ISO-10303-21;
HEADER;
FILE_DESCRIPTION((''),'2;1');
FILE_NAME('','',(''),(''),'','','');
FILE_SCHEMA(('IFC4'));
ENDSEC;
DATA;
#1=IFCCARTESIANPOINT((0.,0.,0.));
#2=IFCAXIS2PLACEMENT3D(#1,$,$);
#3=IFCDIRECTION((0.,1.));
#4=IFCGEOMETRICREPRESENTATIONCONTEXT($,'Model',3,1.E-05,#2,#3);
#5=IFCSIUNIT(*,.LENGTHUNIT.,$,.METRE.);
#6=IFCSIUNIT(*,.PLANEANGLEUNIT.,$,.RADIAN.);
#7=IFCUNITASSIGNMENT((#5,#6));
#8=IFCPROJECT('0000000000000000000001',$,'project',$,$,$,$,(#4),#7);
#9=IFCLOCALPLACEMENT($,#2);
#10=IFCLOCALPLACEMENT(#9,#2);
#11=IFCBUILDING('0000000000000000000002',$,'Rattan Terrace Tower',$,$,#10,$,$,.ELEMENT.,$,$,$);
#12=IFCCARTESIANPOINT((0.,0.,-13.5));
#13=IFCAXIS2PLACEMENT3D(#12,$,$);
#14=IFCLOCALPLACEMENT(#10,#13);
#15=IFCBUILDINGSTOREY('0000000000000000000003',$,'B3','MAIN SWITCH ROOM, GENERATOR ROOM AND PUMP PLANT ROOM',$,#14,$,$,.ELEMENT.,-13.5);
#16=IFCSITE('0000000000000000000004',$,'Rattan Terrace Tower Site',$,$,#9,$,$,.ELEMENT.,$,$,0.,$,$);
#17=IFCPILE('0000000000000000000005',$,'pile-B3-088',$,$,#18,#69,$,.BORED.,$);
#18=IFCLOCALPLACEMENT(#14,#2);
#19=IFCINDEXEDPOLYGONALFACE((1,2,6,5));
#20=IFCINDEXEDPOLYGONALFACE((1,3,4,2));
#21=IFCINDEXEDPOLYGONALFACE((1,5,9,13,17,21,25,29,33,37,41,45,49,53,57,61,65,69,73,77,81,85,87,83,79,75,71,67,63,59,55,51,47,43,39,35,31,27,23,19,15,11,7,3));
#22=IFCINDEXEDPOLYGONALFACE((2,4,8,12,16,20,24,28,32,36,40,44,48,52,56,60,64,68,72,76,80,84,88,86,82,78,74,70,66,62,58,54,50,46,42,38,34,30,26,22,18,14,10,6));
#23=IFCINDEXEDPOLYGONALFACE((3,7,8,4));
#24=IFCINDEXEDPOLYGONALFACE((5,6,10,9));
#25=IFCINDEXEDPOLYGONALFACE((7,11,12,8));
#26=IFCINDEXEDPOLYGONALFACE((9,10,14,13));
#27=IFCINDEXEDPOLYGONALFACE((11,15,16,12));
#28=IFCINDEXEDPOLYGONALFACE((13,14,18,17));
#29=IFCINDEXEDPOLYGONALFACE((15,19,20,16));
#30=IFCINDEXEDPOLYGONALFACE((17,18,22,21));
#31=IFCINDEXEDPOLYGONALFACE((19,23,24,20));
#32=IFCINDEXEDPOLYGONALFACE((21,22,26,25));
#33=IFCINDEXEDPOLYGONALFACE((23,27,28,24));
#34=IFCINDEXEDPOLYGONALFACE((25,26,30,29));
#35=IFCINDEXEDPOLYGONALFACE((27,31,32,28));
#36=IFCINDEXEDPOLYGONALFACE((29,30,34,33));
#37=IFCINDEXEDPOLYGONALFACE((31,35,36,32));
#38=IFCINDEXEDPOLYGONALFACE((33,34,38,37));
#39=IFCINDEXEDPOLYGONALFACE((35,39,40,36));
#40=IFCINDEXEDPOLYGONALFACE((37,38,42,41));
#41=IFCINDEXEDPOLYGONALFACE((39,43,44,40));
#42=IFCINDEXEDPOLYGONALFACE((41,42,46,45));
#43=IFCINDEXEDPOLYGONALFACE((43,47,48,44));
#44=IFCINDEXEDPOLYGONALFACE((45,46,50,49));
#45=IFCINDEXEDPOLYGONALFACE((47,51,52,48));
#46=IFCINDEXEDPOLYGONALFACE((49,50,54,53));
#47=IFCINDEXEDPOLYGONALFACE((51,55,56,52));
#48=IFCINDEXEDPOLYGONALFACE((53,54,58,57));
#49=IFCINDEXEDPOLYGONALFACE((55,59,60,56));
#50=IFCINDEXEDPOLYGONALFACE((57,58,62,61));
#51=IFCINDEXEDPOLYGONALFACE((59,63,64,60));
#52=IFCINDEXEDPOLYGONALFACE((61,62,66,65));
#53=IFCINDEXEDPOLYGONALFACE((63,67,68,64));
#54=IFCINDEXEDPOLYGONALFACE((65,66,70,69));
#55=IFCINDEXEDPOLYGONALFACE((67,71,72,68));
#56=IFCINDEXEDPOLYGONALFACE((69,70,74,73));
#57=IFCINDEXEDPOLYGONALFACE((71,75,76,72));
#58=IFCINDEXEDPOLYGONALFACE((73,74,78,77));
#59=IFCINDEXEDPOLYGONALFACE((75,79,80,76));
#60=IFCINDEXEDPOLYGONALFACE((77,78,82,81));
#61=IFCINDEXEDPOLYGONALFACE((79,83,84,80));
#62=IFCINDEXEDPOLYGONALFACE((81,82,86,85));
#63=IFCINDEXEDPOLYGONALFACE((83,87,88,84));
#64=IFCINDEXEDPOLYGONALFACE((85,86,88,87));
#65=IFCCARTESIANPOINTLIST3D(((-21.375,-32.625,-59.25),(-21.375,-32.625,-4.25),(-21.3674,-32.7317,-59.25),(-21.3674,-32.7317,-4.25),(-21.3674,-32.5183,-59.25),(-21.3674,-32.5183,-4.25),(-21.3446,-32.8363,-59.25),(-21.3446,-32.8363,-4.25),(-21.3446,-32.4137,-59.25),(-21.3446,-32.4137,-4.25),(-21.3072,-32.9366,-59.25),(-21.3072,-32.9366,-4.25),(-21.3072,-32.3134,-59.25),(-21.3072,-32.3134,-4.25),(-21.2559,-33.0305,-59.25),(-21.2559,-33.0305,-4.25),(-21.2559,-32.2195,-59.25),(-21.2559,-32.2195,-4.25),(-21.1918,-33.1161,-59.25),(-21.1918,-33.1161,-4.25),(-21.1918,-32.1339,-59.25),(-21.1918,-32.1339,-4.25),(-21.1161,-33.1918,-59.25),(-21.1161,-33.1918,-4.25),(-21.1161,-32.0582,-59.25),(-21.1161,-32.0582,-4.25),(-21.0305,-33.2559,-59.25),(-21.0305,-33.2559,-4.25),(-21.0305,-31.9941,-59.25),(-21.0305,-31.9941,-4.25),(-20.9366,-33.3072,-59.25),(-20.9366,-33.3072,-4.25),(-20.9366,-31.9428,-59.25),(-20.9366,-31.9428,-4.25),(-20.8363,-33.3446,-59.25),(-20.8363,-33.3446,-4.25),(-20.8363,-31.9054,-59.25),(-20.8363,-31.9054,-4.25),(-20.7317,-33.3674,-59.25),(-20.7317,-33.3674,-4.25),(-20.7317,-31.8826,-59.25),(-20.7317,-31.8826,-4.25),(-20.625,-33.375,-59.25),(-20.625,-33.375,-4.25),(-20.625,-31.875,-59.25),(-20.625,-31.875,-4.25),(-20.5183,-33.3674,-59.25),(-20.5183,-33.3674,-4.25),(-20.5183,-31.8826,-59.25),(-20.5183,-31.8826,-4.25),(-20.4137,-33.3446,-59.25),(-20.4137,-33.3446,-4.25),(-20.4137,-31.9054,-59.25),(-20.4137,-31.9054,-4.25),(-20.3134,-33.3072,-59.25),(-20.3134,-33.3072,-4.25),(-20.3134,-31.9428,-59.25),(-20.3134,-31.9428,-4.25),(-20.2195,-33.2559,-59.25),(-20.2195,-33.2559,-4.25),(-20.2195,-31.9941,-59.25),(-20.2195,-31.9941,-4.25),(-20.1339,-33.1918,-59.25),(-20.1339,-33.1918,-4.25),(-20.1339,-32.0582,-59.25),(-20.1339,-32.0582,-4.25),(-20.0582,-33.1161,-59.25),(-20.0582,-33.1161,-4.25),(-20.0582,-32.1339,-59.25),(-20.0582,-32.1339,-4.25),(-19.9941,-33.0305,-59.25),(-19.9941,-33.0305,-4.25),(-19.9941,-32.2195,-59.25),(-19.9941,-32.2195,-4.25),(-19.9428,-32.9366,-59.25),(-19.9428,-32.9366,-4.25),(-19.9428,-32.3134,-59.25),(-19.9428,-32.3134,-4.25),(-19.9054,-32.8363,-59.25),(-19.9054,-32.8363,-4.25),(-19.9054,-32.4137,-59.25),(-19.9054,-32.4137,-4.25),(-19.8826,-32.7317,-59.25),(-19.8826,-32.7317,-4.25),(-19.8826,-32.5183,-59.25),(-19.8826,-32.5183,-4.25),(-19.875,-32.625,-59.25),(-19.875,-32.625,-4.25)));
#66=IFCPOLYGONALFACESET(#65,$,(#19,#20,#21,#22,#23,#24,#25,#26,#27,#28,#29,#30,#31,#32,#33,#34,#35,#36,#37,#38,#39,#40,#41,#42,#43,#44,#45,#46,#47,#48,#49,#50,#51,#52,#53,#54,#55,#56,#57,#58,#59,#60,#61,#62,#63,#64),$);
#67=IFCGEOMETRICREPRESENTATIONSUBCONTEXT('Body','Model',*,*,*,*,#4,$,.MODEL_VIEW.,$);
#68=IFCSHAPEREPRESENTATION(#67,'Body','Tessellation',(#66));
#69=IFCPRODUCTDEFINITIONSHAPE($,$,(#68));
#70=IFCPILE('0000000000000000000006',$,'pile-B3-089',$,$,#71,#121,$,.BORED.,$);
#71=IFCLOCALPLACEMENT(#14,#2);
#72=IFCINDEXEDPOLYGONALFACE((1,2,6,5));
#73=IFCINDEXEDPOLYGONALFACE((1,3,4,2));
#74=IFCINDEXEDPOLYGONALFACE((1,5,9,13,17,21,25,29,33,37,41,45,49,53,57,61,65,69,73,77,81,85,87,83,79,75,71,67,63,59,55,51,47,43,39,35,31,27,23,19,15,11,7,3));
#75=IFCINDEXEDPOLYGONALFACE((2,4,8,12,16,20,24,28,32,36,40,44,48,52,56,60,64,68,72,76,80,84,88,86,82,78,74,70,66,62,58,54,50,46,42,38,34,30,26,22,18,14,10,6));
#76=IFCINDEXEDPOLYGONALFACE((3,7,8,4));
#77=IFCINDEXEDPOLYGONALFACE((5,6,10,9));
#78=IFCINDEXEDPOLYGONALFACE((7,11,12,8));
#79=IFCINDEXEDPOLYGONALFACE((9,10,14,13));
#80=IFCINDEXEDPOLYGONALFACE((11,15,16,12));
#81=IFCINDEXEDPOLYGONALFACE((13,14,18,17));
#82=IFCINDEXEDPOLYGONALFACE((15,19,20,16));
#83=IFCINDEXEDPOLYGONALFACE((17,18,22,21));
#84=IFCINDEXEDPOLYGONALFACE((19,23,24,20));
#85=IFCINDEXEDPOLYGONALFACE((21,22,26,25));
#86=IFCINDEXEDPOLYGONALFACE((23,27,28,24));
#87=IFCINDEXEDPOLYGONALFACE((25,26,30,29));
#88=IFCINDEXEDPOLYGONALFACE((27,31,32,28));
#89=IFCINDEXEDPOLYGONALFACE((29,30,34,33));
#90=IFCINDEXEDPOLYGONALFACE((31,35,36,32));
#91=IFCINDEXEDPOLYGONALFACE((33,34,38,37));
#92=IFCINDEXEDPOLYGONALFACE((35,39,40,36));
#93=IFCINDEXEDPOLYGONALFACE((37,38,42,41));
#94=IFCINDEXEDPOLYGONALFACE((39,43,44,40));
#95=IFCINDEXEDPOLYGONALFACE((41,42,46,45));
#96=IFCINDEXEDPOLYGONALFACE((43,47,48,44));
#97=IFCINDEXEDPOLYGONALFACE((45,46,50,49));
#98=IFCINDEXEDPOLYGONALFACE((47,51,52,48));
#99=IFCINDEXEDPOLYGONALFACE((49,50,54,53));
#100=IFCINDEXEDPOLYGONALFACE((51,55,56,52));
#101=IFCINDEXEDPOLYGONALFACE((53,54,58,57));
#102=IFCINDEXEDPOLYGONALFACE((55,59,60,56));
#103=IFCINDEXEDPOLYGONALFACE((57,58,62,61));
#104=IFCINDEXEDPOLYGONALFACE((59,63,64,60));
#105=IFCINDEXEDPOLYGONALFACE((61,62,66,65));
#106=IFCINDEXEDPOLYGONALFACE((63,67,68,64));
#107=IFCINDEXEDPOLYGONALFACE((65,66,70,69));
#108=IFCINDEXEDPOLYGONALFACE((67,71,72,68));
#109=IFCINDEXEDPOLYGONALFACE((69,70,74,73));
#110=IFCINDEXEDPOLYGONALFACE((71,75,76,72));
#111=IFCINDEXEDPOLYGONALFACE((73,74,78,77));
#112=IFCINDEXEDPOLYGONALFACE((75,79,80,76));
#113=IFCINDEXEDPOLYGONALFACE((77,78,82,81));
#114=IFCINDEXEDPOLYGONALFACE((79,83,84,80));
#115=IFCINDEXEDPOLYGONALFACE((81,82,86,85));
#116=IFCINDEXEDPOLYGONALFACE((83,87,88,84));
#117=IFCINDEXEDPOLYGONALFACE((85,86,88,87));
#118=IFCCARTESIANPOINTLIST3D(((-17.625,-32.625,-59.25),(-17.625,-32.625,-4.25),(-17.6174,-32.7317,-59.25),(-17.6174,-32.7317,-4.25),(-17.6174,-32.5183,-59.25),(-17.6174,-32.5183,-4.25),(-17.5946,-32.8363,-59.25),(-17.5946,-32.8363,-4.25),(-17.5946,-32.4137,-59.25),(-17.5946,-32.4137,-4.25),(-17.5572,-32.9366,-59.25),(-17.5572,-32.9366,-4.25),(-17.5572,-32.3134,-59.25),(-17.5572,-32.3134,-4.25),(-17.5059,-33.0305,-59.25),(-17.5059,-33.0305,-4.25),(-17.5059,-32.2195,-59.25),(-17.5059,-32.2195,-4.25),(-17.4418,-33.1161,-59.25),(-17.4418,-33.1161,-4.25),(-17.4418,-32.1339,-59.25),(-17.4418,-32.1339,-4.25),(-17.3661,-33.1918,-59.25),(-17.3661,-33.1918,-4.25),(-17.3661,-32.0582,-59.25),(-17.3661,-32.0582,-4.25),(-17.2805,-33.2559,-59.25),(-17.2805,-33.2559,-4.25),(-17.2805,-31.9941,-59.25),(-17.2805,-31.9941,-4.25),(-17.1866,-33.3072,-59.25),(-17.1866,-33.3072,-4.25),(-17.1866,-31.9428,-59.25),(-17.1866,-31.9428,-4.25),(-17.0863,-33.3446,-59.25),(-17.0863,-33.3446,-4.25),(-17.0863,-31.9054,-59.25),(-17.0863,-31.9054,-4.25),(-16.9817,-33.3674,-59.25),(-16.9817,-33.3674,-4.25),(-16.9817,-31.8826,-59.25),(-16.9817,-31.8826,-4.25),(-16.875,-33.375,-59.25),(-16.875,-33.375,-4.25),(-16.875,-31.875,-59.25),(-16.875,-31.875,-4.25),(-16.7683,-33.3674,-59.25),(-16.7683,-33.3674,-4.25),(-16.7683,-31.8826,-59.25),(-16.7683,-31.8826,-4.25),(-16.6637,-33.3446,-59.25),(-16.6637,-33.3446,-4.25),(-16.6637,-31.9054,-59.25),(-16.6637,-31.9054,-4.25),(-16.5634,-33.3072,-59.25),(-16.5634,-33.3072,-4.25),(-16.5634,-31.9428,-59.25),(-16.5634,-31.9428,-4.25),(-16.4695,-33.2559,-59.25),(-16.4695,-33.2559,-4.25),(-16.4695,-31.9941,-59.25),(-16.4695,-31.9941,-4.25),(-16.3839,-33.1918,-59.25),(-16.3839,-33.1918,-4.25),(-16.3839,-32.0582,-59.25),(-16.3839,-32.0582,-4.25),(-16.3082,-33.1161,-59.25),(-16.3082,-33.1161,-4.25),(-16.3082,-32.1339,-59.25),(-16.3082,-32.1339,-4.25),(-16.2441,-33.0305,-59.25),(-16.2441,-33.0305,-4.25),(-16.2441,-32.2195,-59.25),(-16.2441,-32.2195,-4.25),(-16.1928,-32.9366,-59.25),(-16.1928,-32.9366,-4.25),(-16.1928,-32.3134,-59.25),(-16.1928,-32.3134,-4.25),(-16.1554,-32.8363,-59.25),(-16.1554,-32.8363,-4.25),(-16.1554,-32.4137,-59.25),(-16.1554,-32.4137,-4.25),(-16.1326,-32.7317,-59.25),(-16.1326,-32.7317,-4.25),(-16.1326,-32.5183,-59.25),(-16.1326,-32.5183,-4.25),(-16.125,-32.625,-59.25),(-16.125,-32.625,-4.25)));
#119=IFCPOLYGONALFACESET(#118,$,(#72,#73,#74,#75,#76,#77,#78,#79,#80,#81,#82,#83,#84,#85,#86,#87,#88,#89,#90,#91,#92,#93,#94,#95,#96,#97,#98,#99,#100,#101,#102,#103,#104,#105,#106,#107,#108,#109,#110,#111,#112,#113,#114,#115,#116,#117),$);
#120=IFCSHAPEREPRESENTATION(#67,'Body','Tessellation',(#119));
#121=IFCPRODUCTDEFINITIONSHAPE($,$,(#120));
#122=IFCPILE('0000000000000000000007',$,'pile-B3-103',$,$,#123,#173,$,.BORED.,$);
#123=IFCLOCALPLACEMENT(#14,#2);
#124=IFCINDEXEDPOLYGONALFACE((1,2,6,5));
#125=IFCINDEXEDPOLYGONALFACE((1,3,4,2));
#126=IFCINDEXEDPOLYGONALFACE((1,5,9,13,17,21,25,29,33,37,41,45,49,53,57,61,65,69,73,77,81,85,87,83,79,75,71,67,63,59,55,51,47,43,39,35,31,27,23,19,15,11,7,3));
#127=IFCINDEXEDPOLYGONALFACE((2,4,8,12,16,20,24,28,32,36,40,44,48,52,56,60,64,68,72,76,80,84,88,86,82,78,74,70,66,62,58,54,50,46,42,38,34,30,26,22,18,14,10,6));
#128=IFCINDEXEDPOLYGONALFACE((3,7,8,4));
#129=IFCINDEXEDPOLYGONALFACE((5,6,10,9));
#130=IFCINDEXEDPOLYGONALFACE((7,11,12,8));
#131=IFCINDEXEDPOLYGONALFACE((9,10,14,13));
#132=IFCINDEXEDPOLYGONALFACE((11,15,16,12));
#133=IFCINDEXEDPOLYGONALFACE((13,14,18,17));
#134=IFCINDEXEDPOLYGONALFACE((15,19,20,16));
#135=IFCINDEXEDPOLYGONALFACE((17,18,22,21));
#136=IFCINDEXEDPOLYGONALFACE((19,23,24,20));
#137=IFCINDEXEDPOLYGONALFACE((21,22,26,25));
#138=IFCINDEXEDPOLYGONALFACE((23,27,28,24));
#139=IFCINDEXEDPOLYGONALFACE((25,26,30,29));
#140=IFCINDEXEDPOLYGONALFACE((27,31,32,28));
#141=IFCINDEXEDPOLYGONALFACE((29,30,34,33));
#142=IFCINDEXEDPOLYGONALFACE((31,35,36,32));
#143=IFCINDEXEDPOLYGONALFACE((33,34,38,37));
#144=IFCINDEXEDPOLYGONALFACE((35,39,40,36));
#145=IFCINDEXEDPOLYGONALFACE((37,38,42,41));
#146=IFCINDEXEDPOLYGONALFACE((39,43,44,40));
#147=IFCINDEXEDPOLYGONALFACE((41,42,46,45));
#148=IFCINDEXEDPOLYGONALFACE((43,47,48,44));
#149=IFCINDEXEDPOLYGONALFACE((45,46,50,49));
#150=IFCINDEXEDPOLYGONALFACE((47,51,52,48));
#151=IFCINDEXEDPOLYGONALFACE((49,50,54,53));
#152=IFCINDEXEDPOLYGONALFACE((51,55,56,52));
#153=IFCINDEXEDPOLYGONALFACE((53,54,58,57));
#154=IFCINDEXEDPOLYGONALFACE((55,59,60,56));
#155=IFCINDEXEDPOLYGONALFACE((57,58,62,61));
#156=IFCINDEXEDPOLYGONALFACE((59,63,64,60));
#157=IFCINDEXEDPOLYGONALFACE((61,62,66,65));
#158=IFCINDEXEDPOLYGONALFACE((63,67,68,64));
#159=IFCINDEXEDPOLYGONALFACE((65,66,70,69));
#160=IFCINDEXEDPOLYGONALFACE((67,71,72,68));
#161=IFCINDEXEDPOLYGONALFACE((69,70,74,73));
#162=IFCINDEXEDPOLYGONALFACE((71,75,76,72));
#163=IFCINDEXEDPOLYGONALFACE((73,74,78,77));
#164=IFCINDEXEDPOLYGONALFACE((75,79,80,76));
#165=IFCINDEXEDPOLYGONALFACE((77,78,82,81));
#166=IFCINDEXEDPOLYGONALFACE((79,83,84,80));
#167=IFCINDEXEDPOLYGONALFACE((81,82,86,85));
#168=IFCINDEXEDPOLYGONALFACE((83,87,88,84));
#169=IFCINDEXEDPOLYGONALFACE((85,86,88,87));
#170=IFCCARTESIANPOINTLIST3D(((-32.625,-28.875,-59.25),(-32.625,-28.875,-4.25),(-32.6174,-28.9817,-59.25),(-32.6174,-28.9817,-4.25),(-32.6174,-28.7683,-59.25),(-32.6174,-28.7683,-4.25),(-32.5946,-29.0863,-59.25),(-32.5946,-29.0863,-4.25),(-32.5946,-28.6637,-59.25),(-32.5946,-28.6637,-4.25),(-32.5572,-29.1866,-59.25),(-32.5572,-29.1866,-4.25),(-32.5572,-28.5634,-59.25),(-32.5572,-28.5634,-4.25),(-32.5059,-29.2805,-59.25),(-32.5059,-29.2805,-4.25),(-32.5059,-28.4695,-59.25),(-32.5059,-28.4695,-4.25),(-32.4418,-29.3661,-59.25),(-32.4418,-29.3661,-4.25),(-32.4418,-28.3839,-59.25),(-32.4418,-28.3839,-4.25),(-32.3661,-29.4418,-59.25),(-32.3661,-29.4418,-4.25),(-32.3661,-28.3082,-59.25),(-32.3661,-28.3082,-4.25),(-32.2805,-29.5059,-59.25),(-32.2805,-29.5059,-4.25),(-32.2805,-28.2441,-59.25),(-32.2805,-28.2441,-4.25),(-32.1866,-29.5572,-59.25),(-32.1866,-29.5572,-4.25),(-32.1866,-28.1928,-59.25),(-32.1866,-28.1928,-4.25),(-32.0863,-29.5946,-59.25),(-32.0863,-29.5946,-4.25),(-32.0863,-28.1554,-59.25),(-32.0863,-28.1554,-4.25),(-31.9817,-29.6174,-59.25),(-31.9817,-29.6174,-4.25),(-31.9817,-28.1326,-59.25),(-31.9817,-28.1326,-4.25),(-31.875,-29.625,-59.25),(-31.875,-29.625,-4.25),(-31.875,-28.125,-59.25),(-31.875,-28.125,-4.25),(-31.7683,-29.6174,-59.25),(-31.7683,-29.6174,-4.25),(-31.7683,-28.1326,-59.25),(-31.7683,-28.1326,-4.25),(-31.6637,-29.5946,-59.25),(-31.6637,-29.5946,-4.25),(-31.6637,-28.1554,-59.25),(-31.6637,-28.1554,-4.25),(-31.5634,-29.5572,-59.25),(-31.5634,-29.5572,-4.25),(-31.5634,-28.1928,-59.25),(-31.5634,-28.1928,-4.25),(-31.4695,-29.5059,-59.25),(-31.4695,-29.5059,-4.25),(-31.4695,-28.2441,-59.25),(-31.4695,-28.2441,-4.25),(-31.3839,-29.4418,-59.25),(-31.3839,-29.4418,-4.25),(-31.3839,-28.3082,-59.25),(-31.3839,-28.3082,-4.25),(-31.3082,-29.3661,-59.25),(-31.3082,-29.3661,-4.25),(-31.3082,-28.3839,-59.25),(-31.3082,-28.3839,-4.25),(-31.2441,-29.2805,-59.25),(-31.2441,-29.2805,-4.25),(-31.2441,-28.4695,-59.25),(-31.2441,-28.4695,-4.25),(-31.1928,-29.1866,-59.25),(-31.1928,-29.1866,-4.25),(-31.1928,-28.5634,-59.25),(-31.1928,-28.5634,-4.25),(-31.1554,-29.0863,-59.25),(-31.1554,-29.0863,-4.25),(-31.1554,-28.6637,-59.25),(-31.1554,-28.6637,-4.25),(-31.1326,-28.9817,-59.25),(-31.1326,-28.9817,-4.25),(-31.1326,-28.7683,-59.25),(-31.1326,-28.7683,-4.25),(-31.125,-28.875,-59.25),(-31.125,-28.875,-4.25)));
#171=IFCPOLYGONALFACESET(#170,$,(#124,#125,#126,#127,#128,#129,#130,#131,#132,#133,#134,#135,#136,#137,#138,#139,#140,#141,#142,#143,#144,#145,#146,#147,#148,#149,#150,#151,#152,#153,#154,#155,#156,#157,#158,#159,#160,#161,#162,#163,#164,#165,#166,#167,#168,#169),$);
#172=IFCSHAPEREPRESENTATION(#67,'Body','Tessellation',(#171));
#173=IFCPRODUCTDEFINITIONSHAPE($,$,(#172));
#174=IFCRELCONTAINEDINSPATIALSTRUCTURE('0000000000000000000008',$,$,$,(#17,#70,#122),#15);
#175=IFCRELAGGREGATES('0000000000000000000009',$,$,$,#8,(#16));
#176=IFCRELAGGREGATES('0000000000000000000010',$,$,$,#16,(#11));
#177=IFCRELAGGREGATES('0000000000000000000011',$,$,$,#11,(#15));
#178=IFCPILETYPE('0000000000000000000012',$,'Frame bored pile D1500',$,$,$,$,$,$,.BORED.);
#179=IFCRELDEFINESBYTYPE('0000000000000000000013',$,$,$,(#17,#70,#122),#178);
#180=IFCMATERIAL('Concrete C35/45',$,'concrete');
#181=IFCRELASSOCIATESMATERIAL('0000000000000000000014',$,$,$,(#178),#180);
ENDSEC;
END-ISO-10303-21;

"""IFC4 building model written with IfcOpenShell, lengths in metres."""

from ifc_helpers import new_model, si_unit, direction, frame, origin, origin_2d, place, context, subcontext, project, spatial, circle, extrude, material, material_profile, profile_set, type_object, element, save


model = new_model("IFC4")

# Units and contexts
model_context = context("Model", 3, precision=1e-05, world=origin(), true_north=direction((0.0, 1.0)))
body_context = subcontext(model_context, "Body", "Model", "MODEL_VIEW")
ifc_project = project(units=[si_unit("LENGTHUNIT", "METRE"), si_unit("PLANEANGLEUNIT", "RADIAN")], contexts=[model_context])

# Site, building, storey
site_placement = place(None, origin())
site = spatial("IfcSite", under=ifc_project, at=site_placement, Name="Rattan Terrace Tower Site", CompositionType="ELEMENT", RefElevation=0.0)
building_placement = place(site_placement, origin())
building = spatial("IfcBuilding", under=site, at=building_placement, Name="Rattan Terrace Tower", CompositionType="ELEMENT")
storey_placement = place(building_placement, frame((0.0, 0.0, -13.5)))
storey = spatial("IfcBuildingStorey", under=building, at=storey_placement, Name="B3", Description="MAIN SWITCH ROOM, GENERATOR ROOM AND PUMP PLANT ROOM", CompositionType="ELEMENT", Elevation=-13.5)

# Piles
ifc_material_1 = material(Name="Concrete C35/45", Category="concrete")
ifc_material_profile_1 = material_profile(ifc_material_1, circle(Radius=0.75, at=origin_2d()), Name="PILE D1500")
ifc_profile_set_1 = profile_set([ifc_material_profile_1], Name="Concrete C35/45")
pile_type = type_object("IfcPileType", Name="Frame bored pile D1500", PredefinedType="BORED", material=ifc_profile_set_1)
for number, where, z_axis, x_axis, name in (
    (1, (-20.625, -32.625, -4.25), (0.0, 0.0, -1.0), (1.0, 0.0, 0.0), "pile-B3-088"),
    (2, (-16.875, -32.625, -4.25), (0.0, 0.0, -1.0), (1.0, 0.0, 0.0), "pile-B3-089"),
    (3, (-31.875, -28.875, -4.25), (0.0, 0.0, -1.0), (1.0, 0.0, 0.0), "pile-B3-103"),
):
    element("IfcPile", number, at=place(storey_placement, frame(where, z_axis=z_axis, x_axis=x_axis)), inside=storey, type_object=pile_type, Name=name, PredefinedType="BORED", context=body_context, shape_type="SweptSolid", body=[
        extrude(circle(Radius=0.75, at=origin_2d()), origin(), (0.0, 0.0, 1.0), 55.0),
    ])

save(model, "model.ifc")
